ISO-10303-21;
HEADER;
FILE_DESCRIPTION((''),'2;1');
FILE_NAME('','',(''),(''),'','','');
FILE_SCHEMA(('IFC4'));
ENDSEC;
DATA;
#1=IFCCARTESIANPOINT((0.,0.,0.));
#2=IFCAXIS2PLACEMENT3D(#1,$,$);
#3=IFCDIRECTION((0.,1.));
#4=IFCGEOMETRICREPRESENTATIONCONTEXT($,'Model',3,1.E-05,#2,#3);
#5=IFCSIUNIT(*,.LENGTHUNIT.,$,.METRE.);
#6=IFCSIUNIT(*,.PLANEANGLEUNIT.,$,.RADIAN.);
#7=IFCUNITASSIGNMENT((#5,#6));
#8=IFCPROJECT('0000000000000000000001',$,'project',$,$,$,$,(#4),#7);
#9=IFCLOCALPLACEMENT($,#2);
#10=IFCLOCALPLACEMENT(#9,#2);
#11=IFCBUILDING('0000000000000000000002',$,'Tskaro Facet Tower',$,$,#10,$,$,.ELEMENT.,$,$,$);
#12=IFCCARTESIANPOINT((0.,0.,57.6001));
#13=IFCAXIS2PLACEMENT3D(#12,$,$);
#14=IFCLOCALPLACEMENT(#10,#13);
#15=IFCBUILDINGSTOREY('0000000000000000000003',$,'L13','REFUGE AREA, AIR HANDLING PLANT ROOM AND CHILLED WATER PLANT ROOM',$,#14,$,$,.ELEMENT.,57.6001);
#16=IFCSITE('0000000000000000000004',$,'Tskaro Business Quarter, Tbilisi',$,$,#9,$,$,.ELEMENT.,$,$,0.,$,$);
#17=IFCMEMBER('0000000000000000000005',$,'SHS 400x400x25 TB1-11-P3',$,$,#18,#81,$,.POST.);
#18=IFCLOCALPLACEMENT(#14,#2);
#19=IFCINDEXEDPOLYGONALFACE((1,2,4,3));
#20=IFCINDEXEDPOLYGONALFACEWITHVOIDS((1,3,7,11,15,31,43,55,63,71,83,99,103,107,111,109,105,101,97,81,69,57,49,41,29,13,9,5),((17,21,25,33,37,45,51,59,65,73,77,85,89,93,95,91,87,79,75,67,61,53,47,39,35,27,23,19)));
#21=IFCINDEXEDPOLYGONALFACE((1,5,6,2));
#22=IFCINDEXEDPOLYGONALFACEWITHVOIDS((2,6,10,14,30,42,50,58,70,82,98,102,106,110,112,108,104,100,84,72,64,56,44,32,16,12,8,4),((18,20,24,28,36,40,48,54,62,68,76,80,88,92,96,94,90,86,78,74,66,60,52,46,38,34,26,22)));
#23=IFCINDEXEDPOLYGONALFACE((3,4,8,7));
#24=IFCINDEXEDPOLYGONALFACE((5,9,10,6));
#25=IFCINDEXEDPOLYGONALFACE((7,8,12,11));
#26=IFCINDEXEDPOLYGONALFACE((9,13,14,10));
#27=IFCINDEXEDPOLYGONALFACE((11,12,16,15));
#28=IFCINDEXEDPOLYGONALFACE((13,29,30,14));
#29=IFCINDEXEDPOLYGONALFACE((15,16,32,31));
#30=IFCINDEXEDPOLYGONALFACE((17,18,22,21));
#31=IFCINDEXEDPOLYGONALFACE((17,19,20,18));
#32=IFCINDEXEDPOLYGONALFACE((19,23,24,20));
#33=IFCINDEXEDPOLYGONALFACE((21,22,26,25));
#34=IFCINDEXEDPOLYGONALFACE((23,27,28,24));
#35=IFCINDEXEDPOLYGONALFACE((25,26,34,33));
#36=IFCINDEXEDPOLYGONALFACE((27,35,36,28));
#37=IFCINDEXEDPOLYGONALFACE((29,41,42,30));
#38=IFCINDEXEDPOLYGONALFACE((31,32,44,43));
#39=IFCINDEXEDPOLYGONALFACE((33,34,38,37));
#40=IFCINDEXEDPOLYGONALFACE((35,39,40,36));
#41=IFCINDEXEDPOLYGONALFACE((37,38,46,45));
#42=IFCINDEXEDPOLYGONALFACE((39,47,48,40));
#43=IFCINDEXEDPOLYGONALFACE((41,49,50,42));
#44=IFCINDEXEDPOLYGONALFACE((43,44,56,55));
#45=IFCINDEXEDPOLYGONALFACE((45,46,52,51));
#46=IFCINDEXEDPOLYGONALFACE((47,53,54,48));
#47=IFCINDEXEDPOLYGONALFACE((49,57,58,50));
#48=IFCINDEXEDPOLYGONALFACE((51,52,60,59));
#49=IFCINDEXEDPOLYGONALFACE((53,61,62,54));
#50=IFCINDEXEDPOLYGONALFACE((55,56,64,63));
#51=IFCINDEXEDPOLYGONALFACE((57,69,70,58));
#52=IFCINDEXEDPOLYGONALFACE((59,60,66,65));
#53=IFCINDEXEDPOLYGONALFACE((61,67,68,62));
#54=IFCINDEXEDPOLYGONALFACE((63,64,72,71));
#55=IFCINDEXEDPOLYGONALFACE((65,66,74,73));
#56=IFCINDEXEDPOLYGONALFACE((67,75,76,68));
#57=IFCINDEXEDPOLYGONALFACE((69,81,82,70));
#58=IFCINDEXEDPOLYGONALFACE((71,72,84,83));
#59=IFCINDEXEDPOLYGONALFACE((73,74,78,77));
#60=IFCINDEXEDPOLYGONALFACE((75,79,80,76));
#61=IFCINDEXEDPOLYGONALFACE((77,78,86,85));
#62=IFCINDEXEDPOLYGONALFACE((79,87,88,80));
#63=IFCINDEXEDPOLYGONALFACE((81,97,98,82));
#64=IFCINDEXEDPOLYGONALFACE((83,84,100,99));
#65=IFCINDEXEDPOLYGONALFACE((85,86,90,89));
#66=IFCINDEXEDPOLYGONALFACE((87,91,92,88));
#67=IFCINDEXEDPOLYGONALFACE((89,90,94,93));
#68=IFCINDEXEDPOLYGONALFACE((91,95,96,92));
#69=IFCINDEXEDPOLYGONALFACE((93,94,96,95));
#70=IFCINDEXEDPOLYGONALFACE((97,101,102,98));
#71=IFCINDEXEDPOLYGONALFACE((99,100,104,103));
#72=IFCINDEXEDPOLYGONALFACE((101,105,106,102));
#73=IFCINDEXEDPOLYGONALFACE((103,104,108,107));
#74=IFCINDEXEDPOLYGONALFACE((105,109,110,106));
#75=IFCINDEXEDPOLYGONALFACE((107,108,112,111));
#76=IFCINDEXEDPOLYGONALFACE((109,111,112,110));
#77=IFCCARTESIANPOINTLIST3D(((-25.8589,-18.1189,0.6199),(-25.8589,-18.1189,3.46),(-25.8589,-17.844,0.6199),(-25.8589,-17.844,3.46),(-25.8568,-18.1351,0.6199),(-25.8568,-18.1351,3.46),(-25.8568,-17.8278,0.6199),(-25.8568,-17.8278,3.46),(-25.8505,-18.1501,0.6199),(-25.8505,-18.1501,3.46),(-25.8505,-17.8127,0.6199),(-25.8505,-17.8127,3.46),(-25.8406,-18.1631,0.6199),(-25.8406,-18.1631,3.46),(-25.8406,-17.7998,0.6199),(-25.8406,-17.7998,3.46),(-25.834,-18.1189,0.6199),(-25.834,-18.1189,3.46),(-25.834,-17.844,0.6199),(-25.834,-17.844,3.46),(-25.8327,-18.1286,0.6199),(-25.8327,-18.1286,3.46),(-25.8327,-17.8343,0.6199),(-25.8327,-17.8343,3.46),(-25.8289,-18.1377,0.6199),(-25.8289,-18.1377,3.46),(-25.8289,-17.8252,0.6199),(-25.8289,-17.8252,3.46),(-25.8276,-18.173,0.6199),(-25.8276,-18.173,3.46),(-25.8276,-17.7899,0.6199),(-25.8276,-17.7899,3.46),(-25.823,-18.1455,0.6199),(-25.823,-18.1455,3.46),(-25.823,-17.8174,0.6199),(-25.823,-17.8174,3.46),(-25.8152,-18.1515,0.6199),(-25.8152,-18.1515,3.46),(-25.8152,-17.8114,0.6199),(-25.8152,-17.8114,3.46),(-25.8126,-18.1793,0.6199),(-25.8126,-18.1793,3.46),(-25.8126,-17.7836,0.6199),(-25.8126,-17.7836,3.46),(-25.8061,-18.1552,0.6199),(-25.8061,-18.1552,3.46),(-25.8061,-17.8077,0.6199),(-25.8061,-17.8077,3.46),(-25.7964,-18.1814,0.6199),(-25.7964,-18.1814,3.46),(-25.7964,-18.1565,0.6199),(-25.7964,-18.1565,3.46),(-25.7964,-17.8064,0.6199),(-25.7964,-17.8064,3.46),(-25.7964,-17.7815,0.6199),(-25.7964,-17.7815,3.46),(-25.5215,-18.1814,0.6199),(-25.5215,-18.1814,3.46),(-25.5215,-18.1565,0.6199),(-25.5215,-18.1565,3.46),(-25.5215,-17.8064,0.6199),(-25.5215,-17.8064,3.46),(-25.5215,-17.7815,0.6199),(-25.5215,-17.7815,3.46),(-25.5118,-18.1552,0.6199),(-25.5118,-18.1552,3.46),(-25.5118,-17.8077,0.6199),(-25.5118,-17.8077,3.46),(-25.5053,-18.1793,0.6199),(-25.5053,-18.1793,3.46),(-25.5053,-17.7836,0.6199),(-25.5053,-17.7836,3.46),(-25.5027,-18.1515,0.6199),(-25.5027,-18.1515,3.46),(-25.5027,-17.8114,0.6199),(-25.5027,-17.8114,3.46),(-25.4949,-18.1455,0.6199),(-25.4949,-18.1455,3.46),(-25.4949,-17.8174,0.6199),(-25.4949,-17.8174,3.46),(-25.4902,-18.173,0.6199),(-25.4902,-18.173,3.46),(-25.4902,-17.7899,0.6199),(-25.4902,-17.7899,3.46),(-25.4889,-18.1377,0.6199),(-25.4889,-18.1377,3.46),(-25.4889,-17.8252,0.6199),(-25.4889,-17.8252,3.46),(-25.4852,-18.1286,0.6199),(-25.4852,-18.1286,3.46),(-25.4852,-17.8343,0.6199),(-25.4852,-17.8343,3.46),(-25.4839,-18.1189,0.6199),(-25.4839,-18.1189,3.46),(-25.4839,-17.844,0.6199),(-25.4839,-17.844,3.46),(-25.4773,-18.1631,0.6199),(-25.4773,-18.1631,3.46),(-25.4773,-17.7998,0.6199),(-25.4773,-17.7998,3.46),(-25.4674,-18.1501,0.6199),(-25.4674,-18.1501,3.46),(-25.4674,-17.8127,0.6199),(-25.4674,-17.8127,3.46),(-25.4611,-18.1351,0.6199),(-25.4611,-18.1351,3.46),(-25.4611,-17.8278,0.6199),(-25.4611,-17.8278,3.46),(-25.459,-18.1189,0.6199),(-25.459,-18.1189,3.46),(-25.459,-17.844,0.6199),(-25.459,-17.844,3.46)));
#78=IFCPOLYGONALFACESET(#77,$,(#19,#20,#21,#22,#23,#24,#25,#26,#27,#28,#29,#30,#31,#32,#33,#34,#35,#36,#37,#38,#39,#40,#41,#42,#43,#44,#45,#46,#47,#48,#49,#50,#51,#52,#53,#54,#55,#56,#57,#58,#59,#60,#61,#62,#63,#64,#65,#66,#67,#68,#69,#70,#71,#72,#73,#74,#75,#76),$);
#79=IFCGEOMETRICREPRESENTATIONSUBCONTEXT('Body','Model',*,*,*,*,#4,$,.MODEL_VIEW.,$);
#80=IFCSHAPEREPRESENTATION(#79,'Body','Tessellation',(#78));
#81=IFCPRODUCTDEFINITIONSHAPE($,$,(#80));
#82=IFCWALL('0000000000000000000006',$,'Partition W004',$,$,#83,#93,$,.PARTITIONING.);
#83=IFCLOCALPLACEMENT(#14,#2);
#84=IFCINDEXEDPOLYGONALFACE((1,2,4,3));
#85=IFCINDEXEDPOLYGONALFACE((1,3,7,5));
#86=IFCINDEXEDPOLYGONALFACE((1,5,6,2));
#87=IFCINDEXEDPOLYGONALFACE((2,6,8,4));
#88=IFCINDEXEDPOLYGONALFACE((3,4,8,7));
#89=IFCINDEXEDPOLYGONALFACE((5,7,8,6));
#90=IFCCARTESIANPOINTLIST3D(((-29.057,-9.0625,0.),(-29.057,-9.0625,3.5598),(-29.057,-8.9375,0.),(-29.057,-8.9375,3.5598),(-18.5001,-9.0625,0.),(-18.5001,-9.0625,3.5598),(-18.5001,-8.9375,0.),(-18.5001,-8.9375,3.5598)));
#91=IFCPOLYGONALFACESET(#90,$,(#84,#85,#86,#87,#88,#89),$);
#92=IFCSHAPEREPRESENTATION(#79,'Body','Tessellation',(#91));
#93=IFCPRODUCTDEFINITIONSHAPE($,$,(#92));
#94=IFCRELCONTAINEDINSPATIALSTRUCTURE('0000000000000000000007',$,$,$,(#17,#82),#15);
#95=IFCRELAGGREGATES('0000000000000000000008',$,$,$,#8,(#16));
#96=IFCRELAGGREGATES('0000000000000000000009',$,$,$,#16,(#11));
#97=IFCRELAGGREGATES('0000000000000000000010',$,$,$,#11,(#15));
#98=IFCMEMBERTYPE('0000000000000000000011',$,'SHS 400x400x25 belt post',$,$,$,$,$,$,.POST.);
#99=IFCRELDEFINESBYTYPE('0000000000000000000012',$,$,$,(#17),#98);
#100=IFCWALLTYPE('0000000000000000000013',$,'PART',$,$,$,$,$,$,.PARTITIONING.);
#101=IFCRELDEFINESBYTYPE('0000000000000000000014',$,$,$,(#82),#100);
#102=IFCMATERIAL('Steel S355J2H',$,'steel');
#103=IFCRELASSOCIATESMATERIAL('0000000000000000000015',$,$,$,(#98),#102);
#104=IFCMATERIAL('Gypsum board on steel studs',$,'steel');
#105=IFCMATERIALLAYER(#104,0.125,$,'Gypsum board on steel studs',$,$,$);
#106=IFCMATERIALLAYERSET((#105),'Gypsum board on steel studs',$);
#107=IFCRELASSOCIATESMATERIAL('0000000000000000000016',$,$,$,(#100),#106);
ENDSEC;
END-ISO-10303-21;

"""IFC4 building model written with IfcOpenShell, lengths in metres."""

from ifc_helpers import new_model, si_unit, direction, frame, frame_2d, origin, origin_2d, place, context, subcontext, project, spatial, rectangle, hollow_rectangle, extrude, material, layer, layer_set, material_profile, profile_set, type_object, element, save


model = new_model("IFC4")

# Units and contexts
model_context = context("Model", 3, precision=1e-05, world=origin(), true_north=direction((0.0, 1.0)))
body_context = subcontext(model_context, "Body", "Model", "MODEL_VIEW")
ifc_project = project(units=[si_unit("LENGTHUNIT", "METRE"), si_unit("PLANEANGLEUNIT", "RADIAN")], contexts=[model_context])

# Site, building, storey
site_placement = place(None, origin())
site = spatial("IfcSite", under=ifc_project, at=site_placement, Name="Tskaro Business Quarter, Tbilisi", CompositionType="ELEMENT", RefElevation=0.0)
building_placement = place(site_placement, origin())
building = spatial("IfcBuilding", under=site, at=building_placement, Name="Tskaro Facet Tower", CompositionType="ELEMENT")
storey_placement = place(building_placement, frame((0.0, 0.0, 57.6001)))
storey = spatial("IfcBuildingStorey", under=building, at=storey_placement, Name="L13", Description="REFUGE AREA, AIR HANDLING PLANT ROOM AND CHILLED WATER PLANT ROOM", CompositionType="ELEMENT", Elevation=57.6001)

# Shared definitions
ifc_material_1 = material(Name="Steel S355J2H", Category="steel")

# Member
ifc_material_profile_1 = material_profile(ifc_material_1, hollow_rectangle(XDim=0.3999, YDim=0.3999, WallThickness=0.0249, InnerFilletRadius=0.0376, OuterFilletRadius=0.0625, at=origin_2d()), Name="SHS 400x400x25")
ifc_profile_set_1 = profile_set([ifc_material_profile_1], Name="Steel S355J2H")
member_type_1 = type_object("IfcMemberType", Name="SHS 400x400x25 belt post", PredefinedType="POST", material=ifc_profile_set_1)
for number, where, z_axis, x_axis, name in (
    (1, (-25.6589, -17.9814, 0.6199), (0.0, 0.0, 1.0), (1.0, 0.0, 0.0), "SHS 400x400x25 TB1-11-P3"),
):
    element("IfcMember", number, at=place(storey_placement, frame(where, z_axis=z_axis, x_axis=x_axis)), inside=storey, type_object=member_type_1, Name=name, PredefinedType="POST", context=body_context, shape_type="SweptSolid", body=[
        extrude(hollow_rectangle(XDim=0.3999, YDim=0.3999, WallThickness=0.0249, InnerFilletRadius=0.0376, OuterFilletRadius=0.0625, at=origin_2d()), origin(), (0.0, 0.0, 1.0), 2.8401),
    ])

# Wall
ifc_material_2 = material(Name="Gypsum board on steel studs", Category="steel")
ifc_layer = layer(ifc_material_2, 0.125, Name="Gypsum board on steel studs")
ifc_layer_set = layer_set([ifc_layer], Name="Gypsum board on steel studs")
wall_type = type_object("IfcWallType", Name="PART", PredefinedType="PARTITIONING", material=ifc_layer_set)
wall_placement = place(storey_placement, frame((-29.0569, -9.0, 0.0), z_axis=(0.0, 0.0, 1.0), x_axis=(1.0, 0.0, 0.0)))
element("IfcWall", 2, at=wall_placement, inside=storey, type_object=wall_type, Name="Partition W004", PredefinedType="PARTITIONING", context=body_context, shape_type="SweptSolid", body=[
    extrude(rectangle(XDim=10.5569, YDim=0.125, at=frame_2d((5.2783, 0.0))), origin(), (0.0, 0.0, 1.0), 3.5598),
])

save(model, "model.ifc")
